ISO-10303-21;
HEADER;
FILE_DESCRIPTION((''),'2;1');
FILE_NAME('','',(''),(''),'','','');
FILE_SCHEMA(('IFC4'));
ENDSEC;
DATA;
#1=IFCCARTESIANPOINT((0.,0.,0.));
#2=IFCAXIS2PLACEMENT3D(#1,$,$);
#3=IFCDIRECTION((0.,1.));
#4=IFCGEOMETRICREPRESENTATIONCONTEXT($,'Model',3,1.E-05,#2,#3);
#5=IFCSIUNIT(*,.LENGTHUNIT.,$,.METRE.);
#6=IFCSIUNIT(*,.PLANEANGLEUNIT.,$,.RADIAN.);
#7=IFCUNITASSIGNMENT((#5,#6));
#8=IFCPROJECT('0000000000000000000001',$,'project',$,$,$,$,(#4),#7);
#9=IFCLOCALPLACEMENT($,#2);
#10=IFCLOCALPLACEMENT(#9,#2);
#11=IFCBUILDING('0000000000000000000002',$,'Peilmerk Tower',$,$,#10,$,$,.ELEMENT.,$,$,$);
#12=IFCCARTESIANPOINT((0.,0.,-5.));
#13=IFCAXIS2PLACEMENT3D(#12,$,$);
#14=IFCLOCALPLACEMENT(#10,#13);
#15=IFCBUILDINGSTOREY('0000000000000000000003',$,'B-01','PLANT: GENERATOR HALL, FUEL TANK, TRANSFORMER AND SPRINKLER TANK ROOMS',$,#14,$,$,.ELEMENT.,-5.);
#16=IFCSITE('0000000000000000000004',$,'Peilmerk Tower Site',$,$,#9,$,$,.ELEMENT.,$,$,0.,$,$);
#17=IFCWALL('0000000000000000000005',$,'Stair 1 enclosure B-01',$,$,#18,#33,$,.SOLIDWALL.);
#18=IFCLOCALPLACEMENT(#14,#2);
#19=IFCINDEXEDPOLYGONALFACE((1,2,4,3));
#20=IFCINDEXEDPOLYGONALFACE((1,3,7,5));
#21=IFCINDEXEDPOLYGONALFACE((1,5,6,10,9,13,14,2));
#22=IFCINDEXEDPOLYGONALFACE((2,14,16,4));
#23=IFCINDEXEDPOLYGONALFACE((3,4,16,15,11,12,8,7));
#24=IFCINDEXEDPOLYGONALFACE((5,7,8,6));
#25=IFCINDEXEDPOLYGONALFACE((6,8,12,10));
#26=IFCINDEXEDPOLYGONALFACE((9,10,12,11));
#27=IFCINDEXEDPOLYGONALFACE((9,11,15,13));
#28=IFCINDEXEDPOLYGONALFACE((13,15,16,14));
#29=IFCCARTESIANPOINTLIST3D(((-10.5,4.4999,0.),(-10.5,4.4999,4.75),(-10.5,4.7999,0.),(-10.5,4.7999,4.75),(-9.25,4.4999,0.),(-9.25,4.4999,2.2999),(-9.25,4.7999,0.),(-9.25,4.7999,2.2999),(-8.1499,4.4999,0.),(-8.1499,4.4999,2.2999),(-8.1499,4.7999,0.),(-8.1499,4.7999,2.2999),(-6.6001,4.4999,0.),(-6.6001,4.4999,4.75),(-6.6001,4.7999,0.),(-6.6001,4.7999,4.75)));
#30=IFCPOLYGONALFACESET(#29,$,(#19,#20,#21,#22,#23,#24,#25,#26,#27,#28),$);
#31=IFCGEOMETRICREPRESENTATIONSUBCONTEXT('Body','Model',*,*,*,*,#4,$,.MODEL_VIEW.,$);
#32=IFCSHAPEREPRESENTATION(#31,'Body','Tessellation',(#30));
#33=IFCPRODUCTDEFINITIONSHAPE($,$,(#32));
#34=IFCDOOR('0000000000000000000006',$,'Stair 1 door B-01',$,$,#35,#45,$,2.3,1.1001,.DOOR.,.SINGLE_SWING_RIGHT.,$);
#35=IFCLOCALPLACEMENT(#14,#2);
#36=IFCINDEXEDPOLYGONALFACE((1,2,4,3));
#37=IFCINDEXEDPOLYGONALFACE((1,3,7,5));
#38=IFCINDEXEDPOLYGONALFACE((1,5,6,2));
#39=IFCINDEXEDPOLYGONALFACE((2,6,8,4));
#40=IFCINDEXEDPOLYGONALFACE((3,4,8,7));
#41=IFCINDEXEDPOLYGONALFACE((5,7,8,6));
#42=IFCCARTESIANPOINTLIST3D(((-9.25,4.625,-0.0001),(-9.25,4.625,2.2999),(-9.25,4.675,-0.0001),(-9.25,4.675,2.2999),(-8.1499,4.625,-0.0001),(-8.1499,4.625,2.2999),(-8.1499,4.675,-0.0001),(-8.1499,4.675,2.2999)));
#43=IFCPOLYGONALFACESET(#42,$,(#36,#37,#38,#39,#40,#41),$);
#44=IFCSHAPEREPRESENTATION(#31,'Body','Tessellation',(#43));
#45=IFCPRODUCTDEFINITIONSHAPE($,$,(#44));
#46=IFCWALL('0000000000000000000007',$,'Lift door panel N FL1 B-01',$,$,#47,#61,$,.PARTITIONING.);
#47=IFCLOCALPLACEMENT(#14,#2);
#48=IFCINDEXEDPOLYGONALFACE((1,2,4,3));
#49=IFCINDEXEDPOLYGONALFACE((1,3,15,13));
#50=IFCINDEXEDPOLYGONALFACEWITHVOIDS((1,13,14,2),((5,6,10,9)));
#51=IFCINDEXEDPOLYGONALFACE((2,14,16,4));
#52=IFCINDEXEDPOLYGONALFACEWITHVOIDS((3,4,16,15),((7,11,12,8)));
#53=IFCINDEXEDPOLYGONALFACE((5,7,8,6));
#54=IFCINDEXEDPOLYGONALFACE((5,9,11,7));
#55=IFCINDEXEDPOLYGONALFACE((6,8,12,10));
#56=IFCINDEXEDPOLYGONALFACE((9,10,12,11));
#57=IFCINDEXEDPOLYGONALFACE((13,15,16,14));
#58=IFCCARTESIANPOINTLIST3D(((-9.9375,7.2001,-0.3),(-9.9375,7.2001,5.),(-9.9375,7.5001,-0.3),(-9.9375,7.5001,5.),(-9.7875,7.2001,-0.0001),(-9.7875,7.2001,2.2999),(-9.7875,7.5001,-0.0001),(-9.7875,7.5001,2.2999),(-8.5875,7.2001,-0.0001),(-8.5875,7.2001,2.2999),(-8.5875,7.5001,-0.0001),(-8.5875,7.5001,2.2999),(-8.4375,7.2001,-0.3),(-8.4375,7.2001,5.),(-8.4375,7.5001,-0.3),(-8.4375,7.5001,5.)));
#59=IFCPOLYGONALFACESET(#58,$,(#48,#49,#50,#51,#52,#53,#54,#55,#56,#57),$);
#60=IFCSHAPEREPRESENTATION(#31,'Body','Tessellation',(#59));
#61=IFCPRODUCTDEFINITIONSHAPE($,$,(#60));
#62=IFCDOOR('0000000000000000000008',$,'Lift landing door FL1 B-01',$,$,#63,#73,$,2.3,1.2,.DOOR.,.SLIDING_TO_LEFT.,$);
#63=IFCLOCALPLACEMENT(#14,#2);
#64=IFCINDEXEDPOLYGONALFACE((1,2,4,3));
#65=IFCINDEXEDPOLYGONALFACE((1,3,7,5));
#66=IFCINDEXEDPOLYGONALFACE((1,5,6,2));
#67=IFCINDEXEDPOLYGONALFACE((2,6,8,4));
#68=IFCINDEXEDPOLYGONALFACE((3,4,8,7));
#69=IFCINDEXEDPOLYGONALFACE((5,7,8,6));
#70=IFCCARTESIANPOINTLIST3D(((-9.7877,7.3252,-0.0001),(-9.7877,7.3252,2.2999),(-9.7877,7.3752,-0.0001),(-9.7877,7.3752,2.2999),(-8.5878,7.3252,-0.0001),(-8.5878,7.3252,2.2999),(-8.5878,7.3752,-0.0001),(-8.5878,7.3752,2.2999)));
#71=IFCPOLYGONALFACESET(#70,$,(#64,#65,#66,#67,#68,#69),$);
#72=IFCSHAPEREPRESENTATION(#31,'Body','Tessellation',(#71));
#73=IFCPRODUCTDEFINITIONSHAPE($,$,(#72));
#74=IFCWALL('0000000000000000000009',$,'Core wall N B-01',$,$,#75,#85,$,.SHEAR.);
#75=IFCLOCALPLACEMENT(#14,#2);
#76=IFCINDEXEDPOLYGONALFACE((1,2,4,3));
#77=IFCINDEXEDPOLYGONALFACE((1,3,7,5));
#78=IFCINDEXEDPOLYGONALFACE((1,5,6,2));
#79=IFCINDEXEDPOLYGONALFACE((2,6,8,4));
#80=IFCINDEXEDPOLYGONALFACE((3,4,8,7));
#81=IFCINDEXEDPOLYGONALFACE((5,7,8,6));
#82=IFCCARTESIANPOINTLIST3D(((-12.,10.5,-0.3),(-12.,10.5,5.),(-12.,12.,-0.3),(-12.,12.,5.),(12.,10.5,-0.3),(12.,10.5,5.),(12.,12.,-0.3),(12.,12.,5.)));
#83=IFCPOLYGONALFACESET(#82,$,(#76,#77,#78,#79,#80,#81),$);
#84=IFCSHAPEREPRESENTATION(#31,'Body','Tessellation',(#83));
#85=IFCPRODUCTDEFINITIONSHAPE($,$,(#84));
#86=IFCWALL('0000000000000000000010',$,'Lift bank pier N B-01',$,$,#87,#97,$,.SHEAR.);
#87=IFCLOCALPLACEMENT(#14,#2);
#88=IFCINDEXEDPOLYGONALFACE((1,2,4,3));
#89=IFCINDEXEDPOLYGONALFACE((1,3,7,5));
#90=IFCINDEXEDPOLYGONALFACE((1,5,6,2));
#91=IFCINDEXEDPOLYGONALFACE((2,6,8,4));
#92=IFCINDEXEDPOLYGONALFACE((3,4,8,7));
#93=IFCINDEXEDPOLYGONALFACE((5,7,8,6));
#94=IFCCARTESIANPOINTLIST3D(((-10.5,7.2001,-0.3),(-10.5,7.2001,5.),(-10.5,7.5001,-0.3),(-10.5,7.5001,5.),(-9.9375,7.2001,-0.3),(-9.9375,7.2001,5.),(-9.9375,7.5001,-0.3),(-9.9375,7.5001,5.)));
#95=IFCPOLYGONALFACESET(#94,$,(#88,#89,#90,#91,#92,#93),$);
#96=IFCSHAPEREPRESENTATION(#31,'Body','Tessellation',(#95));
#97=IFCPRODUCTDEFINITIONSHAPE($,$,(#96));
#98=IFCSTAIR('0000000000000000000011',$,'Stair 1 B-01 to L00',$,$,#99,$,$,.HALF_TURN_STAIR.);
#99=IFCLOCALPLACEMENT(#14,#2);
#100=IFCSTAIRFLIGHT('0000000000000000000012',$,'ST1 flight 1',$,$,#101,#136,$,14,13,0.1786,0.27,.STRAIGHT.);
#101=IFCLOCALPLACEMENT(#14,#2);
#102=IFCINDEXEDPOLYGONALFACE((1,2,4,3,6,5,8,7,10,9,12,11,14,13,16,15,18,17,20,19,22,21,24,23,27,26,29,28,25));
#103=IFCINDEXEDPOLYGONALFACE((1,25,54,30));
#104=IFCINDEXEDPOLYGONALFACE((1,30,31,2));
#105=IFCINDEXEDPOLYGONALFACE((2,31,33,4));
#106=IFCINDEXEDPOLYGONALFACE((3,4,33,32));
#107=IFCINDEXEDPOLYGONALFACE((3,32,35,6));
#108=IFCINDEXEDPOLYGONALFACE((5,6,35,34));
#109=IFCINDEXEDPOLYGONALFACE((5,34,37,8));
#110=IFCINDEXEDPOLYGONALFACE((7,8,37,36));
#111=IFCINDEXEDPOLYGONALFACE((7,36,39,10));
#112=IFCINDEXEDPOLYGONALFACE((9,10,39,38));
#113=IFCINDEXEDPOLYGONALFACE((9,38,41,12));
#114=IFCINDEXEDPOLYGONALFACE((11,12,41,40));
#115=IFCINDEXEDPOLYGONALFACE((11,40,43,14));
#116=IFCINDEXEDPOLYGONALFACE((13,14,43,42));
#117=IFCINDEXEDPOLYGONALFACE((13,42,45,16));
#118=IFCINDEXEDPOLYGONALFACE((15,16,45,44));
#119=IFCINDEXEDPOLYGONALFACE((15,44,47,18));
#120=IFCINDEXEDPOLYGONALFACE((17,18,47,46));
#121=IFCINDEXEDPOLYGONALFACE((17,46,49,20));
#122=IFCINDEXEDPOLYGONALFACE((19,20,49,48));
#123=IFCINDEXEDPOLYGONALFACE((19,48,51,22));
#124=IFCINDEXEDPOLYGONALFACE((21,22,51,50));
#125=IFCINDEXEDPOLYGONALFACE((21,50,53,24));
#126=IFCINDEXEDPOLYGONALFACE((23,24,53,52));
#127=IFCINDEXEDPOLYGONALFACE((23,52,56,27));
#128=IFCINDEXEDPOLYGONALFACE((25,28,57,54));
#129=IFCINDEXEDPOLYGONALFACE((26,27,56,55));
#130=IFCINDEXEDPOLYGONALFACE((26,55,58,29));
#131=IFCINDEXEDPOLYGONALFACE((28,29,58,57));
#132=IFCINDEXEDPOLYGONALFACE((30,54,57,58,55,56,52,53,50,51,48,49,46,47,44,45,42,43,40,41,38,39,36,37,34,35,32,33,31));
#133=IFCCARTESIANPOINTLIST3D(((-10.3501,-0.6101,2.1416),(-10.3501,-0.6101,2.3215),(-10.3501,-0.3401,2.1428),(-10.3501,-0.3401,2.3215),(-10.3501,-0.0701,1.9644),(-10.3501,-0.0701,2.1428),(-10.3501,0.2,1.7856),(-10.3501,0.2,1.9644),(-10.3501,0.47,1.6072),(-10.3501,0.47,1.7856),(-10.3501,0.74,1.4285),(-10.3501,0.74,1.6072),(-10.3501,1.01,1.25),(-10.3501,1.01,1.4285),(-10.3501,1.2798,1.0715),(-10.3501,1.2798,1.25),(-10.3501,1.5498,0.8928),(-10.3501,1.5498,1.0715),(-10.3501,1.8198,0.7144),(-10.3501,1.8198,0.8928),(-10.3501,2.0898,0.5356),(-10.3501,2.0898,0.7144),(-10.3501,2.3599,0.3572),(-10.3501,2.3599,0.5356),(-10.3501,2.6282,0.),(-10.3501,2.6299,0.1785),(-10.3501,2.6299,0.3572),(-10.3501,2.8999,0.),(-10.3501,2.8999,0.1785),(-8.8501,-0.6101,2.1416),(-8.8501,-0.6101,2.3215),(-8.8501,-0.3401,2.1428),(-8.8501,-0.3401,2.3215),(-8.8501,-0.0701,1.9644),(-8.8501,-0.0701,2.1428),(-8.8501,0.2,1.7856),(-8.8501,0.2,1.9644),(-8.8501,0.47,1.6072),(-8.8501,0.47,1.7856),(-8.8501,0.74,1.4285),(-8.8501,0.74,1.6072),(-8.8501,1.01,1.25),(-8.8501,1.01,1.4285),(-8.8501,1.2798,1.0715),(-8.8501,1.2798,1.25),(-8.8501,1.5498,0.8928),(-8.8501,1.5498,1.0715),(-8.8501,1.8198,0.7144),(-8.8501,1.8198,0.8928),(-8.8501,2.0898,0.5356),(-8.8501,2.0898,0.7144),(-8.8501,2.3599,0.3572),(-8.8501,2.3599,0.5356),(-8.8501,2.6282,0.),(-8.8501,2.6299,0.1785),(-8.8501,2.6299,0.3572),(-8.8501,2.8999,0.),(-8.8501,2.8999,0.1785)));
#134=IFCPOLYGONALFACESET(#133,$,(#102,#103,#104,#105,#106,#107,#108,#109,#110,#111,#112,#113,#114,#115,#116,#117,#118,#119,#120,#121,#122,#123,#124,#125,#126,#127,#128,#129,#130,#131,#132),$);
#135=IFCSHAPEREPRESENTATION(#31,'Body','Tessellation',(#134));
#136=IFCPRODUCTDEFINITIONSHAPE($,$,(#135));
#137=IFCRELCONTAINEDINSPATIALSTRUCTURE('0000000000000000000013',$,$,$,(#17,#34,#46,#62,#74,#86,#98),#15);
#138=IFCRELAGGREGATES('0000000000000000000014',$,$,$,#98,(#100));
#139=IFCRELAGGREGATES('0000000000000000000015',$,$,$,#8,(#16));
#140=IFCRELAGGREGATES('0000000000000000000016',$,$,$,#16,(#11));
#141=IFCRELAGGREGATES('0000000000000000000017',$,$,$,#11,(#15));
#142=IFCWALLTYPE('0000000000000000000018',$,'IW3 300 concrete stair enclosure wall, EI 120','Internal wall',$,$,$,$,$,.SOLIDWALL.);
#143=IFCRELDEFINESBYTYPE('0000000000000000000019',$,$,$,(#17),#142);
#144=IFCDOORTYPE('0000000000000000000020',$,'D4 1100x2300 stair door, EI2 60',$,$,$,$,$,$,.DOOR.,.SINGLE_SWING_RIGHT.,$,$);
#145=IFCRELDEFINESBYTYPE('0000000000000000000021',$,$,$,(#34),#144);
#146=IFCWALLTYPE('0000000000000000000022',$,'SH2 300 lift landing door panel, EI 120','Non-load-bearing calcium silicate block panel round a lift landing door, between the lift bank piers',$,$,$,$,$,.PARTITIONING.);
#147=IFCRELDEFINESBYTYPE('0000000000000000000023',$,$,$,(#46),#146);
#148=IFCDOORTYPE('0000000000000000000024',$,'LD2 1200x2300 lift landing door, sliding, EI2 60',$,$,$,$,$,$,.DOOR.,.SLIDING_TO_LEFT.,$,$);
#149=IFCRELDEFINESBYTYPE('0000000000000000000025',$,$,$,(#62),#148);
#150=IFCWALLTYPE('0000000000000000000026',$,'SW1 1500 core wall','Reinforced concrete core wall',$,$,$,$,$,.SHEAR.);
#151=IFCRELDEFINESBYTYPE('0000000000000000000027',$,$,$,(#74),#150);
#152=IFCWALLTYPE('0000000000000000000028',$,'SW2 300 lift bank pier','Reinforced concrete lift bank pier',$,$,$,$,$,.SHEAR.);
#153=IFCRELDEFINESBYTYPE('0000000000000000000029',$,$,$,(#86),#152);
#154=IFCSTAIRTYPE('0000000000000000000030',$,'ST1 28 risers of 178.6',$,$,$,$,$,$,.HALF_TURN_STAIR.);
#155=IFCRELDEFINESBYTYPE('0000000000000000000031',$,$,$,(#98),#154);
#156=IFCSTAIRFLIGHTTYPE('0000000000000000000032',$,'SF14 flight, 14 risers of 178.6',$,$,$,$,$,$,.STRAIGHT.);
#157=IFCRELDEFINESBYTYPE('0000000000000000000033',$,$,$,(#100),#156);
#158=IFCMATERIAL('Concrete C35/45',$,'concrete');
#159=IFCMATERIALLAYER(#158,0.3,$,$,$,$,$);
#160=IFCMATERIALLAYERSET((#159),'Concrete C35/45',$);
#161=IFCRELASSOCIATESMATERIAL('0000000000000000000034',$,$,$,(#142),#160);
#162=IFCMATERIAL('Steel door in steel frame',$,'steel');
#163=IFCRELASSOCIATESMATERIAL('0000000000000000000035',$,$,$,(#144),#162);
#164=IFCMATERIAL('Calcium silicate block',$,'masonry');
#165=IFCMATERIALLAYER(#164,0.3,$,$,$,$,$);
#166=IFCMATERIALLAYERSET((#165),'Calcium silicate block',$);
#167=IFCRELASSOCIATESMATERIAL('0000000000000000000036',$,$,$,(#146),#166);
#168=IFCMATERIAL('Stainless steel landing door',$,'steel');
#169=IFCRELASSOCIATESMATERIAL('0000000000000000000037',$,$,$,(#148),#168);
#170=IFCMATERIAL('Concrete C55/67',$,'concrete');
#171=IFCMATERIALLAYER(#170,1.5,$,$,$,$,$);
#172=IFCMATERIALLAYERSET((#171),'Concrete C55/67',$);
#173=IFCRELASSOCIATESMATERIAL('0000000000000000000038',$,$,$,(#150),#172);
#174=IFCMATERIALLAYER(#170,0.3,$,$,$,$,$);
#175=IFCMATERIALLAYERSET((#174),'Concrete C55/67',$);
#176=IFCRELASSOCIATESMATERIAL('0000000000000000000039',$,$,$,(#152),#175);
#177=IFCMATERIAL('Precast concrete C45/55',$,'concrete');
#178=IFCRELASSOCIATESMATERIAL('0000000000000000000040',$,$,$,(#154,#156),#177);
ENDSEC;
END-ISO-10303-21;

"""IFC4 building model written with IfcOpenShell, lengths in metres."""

from ifc_helpers import new_model, si_unit, direction, frame, frame_2d, origin, place, context, subcontext, project, spatial, polyline, rectangle, outline, extrude, material, layer, layer_set, type_object, element, fill, aggregate, save


model = new_model("IFC4")

# Units and contexts
model_context = context("Model", 3, precision=1e-05, world=origin(), true_north=direction((0.0, 1.0)))
body_context = subcontext(model_context, "Body", "Model", "MODEL_VIEW")
ifc_project = project(units=[si_unit("LENGTHUNIT", "METRE"), si_unit("PLANEANGLEUNIT", "RADIAN")], contexts=[model_context])

# Site, building, storey
site_placement = place(None, origin())
site = spatial("IfcSite", under=ifc_project, at=site_placement, Name="Peilmerk Tower Site", CompositionType="ELEMENT", RefElevation=0.0)
building_placement = place(site_placement, origin())
building = spatial("IfcBuilding", under=site, at=building_placement, Name="Peilmerk Tower", CompositionType="ELEMENT")
storey_placement = place(building_placement, frame((0.0, 0.0, -5.0)))
storey = spatial("IfcBuildingStorey", under=building, at=storey_placement, Name="B-01", Description="PLANT: GENERATOR HALL, FUEL TANK, TRANSFORMER AND SPRINKLER TANK ROOMS", CompositionType="ELEMENT", Elevation=-5.0)

# Shared definitions
ifc_material_1 = material(Name="Calcium silicate block", Category="masonry")
ifc_material_2 = material(Name="Steel door in steel frame", Category="steel")

# Walls, openings, doors
ifc_material_3 = material(Name="Concrete C35/45", Category="concrete")
ifc_layer_1 = layer(ifc_material_3, 0.3)
ifc_layer_set_1 = layer_set([ifc_layer_1], Name="Concrete C35/45")
wall_type_1 = type_object("IfcWallType", Name="IW3 300 concrete stair enclosure wall, EI 120", Description="Internal wall", PredefinedType="SOLIDWALL", material=ifc_layer_set_1)
wall_1_placement = place(storey_placement, frame((-10.5, 4.6499, 0.0), z_axis=(0.0, 0.0, 1.0), x_axis=(1.0, 0.0, 0.0)))
wall_1 = element("IfcWall", 1, at=wall_1_placement, inside=storey, type_object=wall_type_1, Name="Stair 1 enclosure B-01", PredefinedType="SOLIDWALL", context=body_context, shape_type="SweptSolid", body=[
    extrude(rectangle(XDim=3.8999, YDim=0.3, at=frame_2d((1.95, 0.0))), origin(), (0.0, 0.0, 1.0), 4.75),
])
opening_1_placement = place(wall_1_placement, frame((1.25, 0.0, 0.0)))
opening_1 = element("IfcOpeningElement", 2, at=opening_1_placement, cuts=wall_1, PredefinedType="OPENING", context=body_context, shape_type="SweptSolid", body=[
    extrude(rectangle(XDim=1.1001, YDim=2.3, at=frame_2d((0.55, 1.1499))), frame((0.0, 0.1599, 0.0), z_axis=(0.0, -1.0, 0.0), x_axis=(1.0, 0.0, 0.0)), (0.0, 0.0, 1.0), 0.3201),
])
door_type_1 = type_object("IfcDoorType", Name="D4 1100x2300 stair door, EI2 60", OperationType="SINGLE_SWING_RIGHT", PredefinedType="DOOR", material=ifc_material_2)
door_1_placement = place(opening_1_placement, frame((1.1001, 0.0, 0.0), z_axis=(0.0, 0.0, 1.0), x_axis=(-1.0, 0.0, 0.0)))
door_1 = element("IfcDoor", 3, at=door_1_placement, inside=storey, type_object=door_type_1, Name="Stair 1 door B-01", OperationType="SINGLE_SWING_RIGHT", OverallHeight=2.3, OverallWidth=1.1001, PredefinedType="DOOR", context=body_context, shape_type="SweptSolid", body=[
    extrude(rectangle(XDim=1.1001, YDim=2.3, at=frame_2d((0.55, 1.1499))), frame((0.0, 0.0249, 0.0), z_axis=(0.0, -1.0, 0.0), x_axis=(1.0, 0.0, 0.0)), (0.0, 0.0, 1.0), 0.05),
])
fill(opening_1, door_1)
ifc_layer_2 = layer(ifc_material_1, 0.3)
ifc_layer_set_2 = layer_set([ifc_layer_2], Name="Calcium silicate block")
wall_type_2 = type_object("IfcWallType", Name="SH2 300 lift landing door panel, EI 120", Description="Non-load-bearing calcium silicate block panel round a lift landing door, between the lift bank piers", PredefinedType="PARTITIONING", material=ifc_layer_set_2)
wall_2_placement = place(storey_placement, frame((-9.9375, 7.3501, -0.3), z_axis=(0.0, 0.0, 1.0), x_axis=(1.0, 0.0, 0.0)))
wall_2 = element("IfcWall", 4, at=wall_2_placement, inside=storey, type_object=wall_type_2, Name="Lift door panel N FL1 B-01", PredefinedType="PARTITIONING", context=body_context, shape_type="SweptSolid", body=[
    extrude(rectangle(XDim=1.5, YDim=0.3, at=frame_2d((0.75, 0.0))), origin(), (0.0, 0.0, 1.0), 5.3),
])
opening_2_placement = place(wall_2_placement, frame((0.1499, 0.0, 0.3)))
opening_2 = element("IfcOpeningElement", 5, at=opening_2_placement, cuts=wall_2, PredefinedType="OPENING", context=body_context, shape_type="SweptSolid", body=[
    extrude(rectangle(XDim=1.2, YDim=2.3, at=frame_2d((0.6001, 1.1499))), frame((0.0, 0.1599, 0.0), z_axis=(0.0, -1.0, 0.0), x_axis=(1.0, 0.0, 0.0)), (0.0, 0.0, 1.0), 0.3201),
])
ifc_material_4 = material(Name="Stainless steel landing door", Category="steel")
door_type_2 = type_object("IfcDoorType", Name="LD2 1200x2300 lift landing door, sliding, EI2 60", OperationType="SLIDING_TO_LEFT", PredefinedType="DOOR", material=ifc_material_4)
door_2_placement = place(opening_2_placement, frame((1.2, 0.0, 0.0), z_axis=(0.0, 0.0, 1.0), x_axis=(-1.0, 0.0, 0.0)))
door_2 = element("IfcDoor", 6, at=door_2_placement, inside=storey, type_object=door_type_2, Name="Lift landing door FL1 B-01", OperationType="SLIDING_TO_LEFT", OverallHeight=2.3, OverallWidth=1.2, PredefinedType="DOOR", context=body_context, shape_type="SweptSolid", body=[
    extrude(rectangle(XDim=1.2, YDim=2.3, at=frame_2d((0.6001, 1.1499))), frame((0.0, 0.0249, 0.0), z_axis=(0.0, -1.0, 0.0), x_axis=(1.0, 0.0, 0.0)), (0.0, 0.0, 1.0), 0.05),
])
fill(opening_2, door_2)

# Walls
ifc_material_5 = material(Name="Concrete C55/67", Category="concrete")
ifc_layer_3 = layer(ifc_material_5, 1.5)
ifc_layer_set_3 = layer_set([ifc_layer_3], Name="Concrete C55/67")
wall_type_3 = type_object("IfcWallType", Name="SW1 1500 core wall", Description="Reinforced concrete core wall", PredefinedType="SHEAR", material=ifc_layer_set_3)
wall_3_placement = place(storey_placement, frame((-12.0, 11.25, -0.3), z_axis=(0.0, 0.0, 1.0), x_axis=(1.0, 0.0, 0.0)))
element("IfcWall", 7, at=wall_3_placement, inside=storey, type_object=wall_type_3, Name="Core wall N B-01", PredefinedType="SHEAR", context=body_context, shape_type="SweptSolid", body=[
    extrude(rectangle(XDim=24.0, YDim=1.5, at=frame_2d((12.0, 0.0))), origin(), (0.0, 0.0, 1.0), 5.3),
])
ifc_layer_4 = layer(ifc_material_5, 0.3)
ifc_layer_set_4 = layer_set([ifc_layer_4], Name="Concrete C55/67")
wall_type_4 = type_object("IfcWallType", Name="SW2 300 lift bank pier", Description="Reinforced concrete lift bank pier", PredefinedType="SHEAR", material=ifc_layer_set_4)
wall_4_placement = place(storey_placement, frame((-10.5, 7.3501, -0.3), z_axis=(0.0, 0.0, 1.0), x_axis=(1.0, 0.0, 0.0)))
element("IfcWall", 8, at=wall_4_placement, inside=storey, type_object=wall_type_4, Name="Lift bank pier N B-01", PredefinedType="SHEAR", context=body_context, shape_type="SweptSolid", body=[
    extrude(rectangle(XDim=0.5625, YDim=0.3, at=frame_2d((0.2812, 0.0))), origin(), (0.0, 0.0, 1.0), 5.3),
])

# Stair, stair flight
ifc_material_6 = material(Name="Precast concrete C45/55", Category="concrete")
stair_type = type_object("IfcStairType", Name="ST1 28 risers of 178.6", PredefinedType="HALF_TURN_STAIR", material=ifc_material_6)
stair_placement = place(storey_placement, origin())
stair = element("IfcStair", 9, at=stair_placement, inside=storey, type_object=stair_type, Name="Stair 1 B-01 to L00", PredefinedType="HALF_TURN_STAIR")
stair_flight_type = type_object("IfcStairFlightType", Name="SF14 flight, 14 risers of 178.6", PredefinedType="STRAIGHT", material=ifc_material_6)
stair_flight_placement = place(storey_placement, frame((-9.6001, 2.8999, 0.0), z_axis=(0.0, 0.0, 1.0), x_axis=(0.0, -1.0, 0.0)))
stair_flight = element("IfcStairFlight", 10, at=stair_flight_placement, type_object=stair_flight_type, Name="ST1 flight 1", NumberOfRisers=14, NumberOfTreads=13, PredefinedType="STRAIGHT", RiserHeight=0.1786, TreadLength=0.27, context=body_context, shape_type="SweptSolid", body=[
    extrude(outline(polyline([(0.0, 0.0), (0.0, 0.1785), (0.27, 0.1785), (0.27, 0.3572), (0.54, 0.3572), (0.54, 0.5356), (0.8101, 0.5356), (0.8101, 0.7144), (1.0801, 0.7144), (1.0801, 0.8928), (1.3501, 0.8928), (1.3501, 1.0715), (1.6201, 1.0715), (1.6201, 1.25), (1.8899, 1.25), (1.8899, 1.4285), (2.1599, 1.4285), (2.1599, 1.6072), (2.4299, 1.6072), (2.4299, 1.7856), (2.7, 1.7856), (2.7, 1.9644), (2.97, 1.9644), (2.97, 2.1428), (3.24, 2.1428), (3.24, 2.3215), (3.51, 2.3215), (3.51, 2.5), (3.51, 2.1416), (0.2717, 0.0), (0.0, 0.0)])), frame((0.0, 0.75, 0.0), z_axis=(0.0, -1.0, 0.0), x_axis=(1.0, 0.0, 0.0)), (0.0, 0.0, 1.0), 1.5),
])
aggregate(stair, [stair_flight])

save(model, "model.ifc")
